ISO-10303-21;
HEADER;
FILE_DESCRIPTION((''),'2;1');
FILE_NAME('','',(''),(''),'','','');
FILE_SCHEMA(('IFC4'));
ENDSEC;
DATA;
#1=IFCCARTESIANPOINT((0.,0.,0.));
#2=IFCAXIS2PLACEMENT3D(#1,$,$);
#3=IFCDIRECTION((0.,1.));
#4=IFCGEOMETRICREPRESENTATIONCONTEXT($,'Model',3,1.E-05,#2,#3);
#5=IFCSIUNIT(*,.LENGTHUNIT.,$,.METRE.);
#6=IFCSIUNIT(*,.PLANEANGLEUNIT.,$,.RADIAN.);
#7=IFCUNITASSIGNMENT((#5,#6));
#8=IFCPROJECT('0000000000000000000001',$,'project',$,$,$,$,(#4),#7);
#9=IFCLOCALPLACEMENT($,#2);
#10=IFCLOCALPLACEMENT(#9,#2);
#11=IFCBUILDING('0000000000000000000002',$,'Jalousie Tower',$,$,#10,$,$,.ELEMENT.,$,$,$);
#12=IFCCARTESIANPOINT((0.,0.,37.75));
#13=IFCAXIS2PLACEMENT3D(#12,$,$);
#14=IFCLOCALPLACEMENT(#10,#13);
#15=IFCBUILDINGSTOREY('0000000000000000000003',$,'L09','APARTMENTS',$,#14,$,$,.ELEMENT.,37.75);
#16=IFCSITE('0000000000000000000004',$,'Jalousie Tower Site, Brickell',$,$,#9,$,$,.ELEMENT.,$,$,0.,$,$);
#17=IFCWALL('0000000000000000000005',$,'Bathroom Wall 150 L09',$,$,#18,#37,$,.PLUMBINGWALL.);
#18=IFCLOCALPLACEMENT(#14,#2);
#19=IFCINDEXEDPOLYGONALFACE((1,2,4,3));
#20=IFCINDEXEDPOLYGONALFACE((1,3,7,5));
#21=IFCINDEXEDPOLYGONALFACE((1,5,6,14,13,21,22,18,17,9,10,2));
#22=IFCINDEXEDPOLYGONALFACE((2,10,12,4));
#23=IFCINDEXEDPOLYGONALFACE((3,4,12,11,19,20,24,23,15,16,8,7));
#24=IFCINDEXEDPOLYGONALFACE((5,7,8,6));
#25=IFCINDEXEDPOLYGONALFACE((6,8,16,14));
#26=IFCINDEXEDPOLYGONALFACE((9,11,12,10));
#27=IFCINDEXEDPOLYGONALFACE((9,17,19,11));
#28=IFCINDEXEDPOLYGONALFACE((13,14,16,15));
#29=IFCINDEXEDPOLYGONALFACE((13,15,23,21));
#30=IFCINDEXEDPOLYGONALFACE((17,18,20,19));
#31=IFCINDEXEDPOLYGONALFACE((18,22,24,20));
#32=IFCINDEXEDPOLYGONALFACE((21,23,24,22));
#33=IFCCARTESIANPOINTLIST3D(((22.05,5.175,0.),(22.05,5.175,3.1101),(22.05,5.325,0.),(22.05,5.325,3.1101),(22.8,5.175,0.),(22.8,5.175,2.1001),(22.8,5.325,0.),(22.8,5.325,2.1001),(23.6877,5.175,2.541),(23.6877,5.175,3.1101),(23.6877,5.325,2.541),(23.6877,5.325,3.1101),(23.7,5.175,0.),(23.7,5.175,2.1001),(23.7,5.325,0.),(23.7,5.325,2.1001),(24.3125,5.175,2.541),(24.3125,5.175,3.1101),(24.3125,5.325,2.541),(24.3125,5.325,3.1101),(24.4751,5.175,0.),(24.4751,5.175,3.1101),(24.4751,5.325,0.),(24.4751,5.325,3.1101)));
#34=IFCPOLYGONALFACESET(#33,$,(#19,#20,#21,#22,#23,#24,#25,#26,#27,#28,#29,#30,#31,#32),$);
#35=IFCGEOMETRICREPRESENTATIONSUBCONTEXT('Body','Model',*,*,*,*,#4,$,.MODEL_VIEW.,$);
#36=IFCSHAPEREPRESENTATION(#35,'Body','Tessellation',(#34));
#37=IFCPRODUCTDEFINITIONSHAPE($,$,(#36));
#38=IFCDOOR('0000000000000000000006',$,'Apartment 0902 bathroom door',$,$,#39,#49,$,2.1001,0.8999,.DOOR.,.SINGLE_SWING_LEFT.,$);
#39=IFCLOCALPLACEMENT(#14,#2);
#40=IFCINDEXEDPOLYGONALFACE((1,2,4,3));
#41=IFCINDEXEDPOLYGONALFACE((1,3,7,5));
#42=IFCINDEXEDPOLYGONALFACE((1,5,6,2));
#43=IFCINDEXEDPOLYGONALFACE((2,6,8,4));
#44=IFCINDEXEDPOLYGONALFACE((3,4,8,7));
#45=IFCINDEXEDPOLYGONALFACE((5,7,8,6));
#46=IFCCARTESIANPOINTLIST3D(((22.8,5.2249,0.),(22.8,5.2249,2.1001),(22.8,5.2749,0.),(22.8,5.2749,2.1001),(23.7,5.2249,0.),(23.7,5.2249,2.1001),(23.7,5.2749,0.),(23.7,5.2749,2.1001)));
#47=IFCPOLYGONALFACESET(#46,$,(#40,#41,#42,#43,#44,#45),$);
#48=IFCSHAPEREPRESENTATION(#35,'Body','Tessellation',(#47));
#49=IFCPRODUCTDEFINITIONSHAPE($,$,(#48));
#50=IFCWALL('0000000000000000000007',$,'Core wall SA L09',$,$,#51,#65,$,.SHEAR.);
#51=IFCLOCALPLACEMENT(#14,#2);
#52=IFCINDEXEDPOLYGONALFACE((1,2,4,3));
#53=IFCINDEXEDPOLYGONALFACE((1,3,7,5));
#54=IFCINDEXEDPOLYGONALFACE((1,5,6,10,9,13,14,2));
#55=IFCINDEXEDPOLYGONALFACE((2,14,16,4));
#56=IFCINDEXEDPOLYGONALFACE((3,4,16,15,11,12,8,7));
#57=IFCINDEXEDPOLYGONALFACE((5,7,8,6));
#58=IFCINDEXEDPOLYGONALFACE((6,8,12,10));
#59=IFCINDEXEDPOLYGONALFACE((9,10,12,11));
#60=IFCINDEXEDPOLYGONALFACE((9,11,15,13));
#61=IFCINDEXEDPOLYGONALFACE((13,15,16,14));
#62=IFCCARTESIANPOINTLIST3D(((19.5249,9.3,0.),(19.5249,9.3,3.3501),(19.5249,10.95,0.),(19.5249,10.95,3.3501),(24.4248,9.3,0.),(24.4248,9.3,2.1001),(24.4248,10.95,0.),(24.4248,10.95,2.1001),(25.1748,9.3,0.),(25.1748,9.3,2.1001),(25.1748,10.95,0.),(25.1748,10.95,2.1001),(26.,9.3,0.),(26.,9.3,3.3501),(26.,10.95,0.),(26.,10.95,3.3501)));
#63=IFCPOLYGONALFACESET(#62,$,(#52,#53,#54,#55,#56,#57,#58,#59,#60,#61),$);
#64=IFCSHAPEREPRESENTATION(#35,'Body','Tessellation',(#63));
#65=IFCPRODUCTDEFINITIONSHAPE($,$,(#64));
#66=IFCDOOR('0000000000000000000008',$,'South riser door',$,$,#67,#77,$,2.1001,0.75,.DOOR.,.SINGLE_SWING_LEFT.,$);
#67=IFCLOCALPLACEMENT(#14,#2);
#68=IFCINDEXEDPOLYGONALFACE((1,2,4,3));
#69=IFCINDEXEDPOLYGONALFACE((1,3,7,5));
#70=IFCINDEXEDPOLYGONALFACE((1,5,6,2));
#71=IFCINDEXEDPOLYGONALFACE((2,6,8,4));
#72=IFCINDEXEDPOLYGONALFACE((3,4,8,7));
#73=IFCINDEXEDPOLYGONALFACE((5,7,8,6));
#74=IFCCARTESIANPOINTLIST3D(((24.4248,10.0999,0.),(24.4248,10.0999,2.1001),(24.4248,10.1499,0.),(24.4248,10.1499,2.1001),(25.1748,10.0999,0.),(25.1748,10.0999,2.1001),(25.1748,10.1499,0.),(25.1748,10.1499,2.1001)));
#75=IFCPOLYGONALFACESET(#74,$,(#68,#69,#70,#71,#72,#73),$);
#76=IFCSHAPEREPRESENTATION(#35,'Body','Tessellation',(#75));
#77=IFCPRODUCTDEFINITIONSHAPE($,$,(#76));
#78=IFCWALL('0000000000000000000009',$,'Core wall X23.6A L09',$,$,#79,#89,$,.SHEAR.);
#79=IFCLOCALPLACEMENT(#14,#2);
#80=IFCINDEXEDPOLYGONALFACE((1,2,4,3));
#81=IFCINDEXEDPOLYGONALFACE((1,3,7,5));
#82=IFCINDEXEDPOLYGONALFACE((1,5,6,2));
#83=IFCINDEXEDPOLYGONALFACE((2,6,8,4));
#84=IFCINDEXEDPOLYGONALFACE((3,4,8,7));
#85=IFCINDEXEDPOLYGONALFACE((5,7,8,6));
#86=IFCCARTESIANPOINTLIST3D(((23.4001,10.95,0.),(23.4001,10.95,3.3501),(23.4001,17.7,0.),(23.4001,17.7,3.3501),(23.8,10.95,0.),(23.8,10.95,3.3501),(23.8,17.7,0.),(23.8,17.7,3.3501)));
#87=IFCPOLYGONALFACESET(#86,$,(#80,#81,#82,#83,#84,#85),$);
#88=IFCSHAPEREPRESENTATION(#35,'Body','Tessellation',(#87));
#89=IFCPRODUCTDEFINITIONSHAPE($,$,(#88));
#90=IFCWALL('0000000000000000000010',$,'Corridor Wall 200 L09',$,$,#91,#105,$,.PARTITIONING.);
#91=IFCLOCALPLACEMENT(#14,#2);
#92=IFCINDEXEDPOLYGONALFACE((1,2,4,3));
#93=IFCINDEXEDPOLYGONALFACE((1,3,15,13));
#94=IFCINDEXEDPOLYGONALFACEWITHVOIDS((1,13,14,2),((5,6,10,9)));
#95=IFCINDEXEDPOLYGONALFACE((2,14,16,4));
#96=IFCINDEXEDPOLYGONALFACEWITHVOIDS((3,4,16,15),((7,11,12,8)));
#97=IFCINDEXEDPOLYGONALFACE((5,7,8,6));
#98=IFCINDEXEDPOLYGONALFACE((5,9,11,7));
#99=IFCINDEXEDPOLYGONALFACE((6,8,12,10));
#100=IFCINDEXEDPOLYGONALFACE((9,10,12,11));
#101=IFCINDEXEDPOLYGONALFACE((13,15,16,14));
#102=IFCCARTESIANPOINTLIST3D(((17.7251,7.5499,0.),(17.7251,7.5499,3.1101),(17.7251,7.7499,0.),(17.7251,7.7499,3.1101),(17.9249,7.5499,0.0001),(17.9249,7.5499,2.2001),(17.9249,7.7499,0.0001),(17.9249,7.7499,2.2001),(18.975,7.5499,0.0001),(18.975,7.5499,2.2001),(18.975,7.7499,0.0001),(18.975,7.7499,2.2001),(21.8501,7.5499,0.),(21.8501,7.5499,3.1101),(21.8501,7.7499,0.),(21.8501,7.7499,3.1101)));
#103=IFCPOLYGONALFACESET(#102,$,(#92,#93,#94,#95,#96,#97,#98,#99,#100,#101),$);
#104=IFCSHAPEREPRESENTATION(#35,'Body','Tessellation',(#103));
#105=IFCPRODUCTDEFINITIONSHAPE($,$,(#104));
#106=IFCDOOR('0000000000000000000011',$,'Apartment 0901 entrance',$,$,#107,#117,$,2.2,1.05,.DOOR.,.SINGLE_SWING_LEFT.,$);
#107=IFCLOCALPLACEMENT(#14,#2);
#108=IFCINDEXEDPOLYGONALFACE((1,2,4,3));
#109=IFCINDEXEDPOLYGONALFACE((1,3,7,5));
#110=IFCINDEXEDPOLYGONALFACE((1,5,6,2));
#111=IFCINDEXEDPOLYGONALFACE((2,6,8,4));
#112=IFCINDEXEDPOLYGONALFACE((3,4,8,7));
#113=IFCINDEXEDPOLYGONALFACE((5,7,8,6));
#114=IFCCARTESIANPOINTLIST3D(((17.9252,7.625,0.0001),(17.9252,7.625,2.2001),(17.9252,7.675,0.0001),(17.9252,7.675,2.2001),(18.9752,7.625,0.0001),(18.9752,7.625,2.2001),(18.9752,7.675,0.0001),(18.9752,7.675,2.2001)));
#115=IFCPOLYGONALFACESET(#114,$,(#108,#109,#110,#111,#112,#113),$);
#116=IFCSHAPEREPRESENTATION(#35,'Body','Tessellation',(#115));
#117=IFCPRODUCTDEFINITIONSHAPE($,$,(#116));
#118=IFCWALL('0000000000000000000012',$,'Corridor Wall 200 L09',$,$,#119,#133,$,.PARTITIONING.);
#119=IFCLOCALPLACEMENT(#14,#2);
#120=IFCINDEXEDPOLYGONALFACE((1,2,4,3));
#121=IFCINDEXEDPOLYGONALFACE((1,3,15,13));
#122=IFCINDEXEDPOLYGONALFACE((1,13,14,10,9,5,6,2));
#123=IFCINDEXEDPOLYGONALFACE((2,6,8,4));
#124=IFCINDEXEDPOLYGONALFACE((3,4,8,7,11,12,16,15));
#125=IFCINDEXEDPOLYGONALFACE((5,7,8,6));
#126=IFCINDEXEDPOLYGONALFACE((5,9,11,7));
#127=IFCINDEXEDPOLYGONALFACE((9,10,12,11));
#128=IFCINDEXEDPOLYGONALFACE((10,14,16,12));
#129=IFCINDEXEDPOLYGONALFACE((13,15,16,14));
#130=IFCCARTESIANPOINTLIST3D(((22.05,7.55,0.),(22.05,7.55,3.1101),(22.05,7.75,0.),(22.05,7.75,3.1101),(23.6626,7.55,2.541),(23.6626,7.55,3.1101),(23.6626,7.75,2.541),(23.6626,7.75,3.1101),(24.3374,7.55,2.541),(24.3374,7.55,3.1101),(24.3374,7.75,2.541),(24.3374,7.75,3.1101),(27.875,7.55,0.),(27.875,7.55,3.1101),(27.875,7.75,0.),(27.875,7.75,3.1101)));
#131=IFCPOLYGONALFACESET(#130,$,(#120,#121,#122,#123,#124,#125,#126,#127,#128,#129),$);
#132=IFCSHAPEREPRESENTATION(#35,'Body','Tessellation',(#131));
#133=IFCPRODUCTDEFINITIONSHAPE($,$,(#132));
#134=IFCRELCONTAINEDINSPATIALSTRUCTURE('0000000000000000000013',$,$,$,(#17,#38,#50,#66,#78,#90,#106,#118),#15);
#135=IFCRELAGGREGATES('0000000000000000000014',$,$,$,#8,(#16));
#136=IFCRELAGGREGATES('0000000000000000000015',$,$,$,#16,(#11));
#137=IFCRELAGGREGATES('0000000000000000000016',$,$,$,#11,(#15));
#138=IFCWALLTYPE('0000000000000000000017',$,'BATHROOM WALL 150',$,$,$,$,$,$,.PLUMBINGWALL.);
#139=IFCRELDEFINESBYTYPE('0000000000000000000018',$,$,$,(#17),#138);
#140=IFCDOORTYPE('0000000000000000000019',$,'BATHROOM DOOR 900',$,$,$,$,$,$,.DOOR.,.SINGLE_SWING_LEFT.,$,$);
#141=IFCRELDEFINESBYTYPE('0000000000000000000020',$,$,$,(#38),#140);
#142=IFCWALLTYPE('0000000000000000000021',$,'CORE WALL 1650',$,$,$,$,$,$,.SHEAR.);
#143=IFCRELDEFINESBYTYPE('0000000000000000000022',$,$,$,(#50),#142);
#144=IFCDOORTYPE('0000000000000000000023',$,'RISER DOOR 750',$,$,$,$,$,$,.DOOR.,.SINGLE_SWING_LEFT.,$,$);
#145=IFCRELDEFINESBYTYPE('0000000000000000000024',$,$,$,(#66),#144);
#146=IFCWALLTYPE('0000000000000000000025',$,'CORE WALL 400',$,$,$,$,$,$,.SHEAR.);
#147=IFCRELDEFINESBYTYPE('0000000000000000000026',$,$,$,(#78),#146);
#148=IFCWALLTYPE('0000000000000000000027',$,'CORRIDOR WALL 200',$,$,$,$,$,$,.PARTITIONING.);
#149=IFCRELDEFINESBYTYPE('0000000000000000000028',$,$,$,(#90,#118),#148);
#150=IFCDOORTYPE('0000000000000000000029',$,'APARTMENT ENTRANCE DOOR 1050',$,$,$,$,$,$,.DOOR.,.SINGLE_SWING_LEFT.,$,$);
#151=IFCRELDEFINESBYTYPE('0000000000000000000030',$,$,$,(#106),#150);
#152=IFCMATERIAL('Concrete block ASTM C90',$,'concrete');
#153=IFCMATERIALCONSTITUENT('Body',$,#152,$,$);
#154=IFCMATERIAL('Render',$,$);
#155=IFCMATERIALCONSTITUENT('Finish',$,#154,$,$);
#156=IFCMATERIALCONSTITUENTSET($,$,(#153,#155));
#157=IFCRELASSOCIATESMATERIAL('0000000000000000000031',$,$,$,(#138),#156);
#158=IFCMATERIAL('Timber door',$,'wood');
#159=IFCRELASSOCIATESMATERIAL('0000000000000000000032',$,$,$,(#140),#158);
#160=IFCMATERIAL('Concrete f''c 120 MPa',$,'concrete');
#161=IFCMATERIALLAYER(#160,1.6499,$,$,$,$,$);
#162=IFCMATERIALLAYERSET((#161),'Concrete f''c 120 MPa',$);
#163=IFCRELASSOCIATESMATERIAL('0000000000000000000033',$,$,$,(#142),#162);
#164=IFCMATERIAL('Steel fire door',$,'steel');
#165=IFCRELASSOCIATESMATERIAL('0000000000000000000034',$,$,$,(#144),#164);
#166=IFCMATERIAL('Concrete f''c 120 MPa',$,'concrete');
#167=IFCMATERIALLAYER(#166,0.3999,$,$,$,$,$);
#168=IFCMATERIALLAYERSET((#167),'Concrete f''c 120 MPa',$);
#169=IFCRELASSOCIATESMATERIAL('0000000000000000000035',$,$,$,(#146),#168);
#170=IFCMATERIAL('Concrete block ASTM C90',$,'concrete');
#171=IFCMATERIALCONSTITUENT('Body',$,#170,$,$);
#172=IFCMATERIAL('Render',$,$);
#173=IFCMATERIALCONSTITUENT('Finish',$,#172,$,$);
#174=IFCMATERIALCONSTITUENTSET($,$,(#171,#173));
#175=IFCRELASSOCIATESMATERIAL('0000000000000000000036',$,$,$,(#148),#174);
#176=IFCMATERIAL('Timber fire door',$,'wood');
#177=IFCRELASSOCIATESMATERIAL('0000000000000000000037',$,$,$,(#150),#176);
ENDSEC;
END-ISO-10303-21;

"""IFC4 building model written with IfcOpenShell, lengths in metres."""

from ifc_helpers import new_model, si_unit, direction, frame, frame_2d, origin, place, context, subcontext, project, spatial, polyline, rectangle, outline, extrude, material, layer, layer_set, constituent, constituent_set, type_object, element, fill, save


model = new_model("IFC4")

# Units and contexts
model_context = context("Model", 3, precision=1e-05, world=origin(), true_north=direction((0.0, 1.0)))
body_context = subcontext(model_context, "Body", "Model", "MODEL_VIEW")
ifc_project = project(units=[si_unit("LENGTHUNIT", "METRE"), si_unit("PLANEANGLEUNIT", "RADIAN")], contexts=[model_context])

# Site, building, storey
site_placement = place(None, origin())
site = spatial("IfcSite", under=ifc_project, at=site_placement, Name="Jalousie Tower Site, Brickell", CompositionType="ELEMENT", RefElevation=0.0)
building_placement = place(site_placement, origin())
building = spatial("IfcBuilding", under=site, at=building_placement, Name="Jalousie Tower", CompositionType="ELEMENT")
storey_placement = place(building_placement, frame((0.0, 0.0, 37.75)))
storey = spatial("IfcBuildingStorey", under=building, at=storey_placement, Name="L09", Description="APARTMENTS", CompositionType="ELEMENT", Elevation=37.75)

# Walls, openings, doors
ifc_material_1 = material(Name="Concrete block ASTM C90", Category="concrete")
ifc_constituent_1 = constituent(ifc_material_1, Name="Body")
ifc_material_2 = material(Name="Render")
ifc_constituent_2 = constituent(ifc_material_2, Name="Finish")
ifc_constituent_set_1 = constituent_set(constituents=[ifc_constituent_1, ifc_constituent_2])
wall_type_1 = type_object("IfcWallType", Name="BATHROOM WALL 150", PredefinedType="PLUMBINGWALL", material=ifc_constituent_set_1)
wall_1_placement = place(storey_placement, frame((22.05, 5.25, 0.0), z_axis=(0.0, 0.0, 1.0), x_axis=(1.0, 0.0, 0.0)))
wall_1 = element("IfcWall", 1, at=wall_1_placement, inside=storey, type_object=wall_type_1, Name="Bathroom Wall 150 L09", PredefinedType="PLUMBINGWALL", context=body_context, shape_type="SweptSolid", body=[
    extrude(outline(polyline([(0.0, 0.0), (2.425, 0.0), (2.425, 3.1101), (2.2625, 3.1101), (2.2625, 2.541), (1.6377, 2.541), (1.6377, 3.1101), (0.0, 3.1101), (0.0, 0.0)])), frame((0.0, 0.075, 0.0), z_axis=(0.0, -1.0, 0.0), x_axis=(1.0, 0.0, 0.0)), (0.0, 0.0, 1.0), 0.1499),
])
opening_1_placement = place(wall_1_placement, frame((0.75, 0.0, 0.0)))
opening_1 = element("IfcOpeningElement", 2, at=opening_1_placement, cuts=wall_1, PredefinedType="OPENING", context=body_context, shape_type="SweptSolid", body=[
    extrude(rectangle(XDim=0.8999, YDim=2.1001, at=frame_2d((0.45, 1.05))), frame((0.0, 0.085, 0.0), z_axis=(0.0, -1.0, 0.0), x_axis=(1.0, 0.0, 0.0)), (0.0, 0.0, 1.0), 0.1699),
])
ifc_material_3 = material(Name="Timber door", Category="wood")
door_type_1 = type_object("IfcDoorType", Name="BATHROOM DOOR 900", OperationType="SINGLE_SWING_LEFT", PredefinedType="DOOR", material=ifc_material_3)
door_1_placement = place(opening_1_placement, origin())
door_1 = element("IfcDoor", 3, at=door_1_placement, inside=storey, type_object=door_type_1, Name="Apartment 0902 bathroom door", OperationType="SINGLE_SWING_LEFT", OverallHeight=2.1001, OverallWidth=0.8999, PredefinedType="DOOR", context=body_context, shape_type="SweptSolid", body=[
    extrude(rectangle(XDim=0.8999, YDim=2.1001, at=frame_2d((0.45, 1.05))), frame((0.0, 0.0249, 0.0), z_axis=(0.0, -1.0, 0.0), x_axis=(1.0, 0.0, 0.0)), (0.0, 0.0, 1.0), 0.05),
])
fill(opening_1, door_1)
ifc_material_4 = material(Name="Concrete f'c 120 MPa", Category="concrete")
ifc_layer_1 = layer(ifc_material_4, 1.6499)
ifc_layer_set_1 = layer_set([ifc_layer_1], Name="Concrete f'c 120 MPa")
wall_type_2 = type_object("IfcWallType", Name="CORE WALL 1650", PredefinedType="SHEAR", material=ifc_layer_set_1)
wall_2_placement = place(storey_placement, frame((19.5249, 10.125, 0.0), z_axis=(0.0, 0.0, 1.0), x_axis=(1.0, 0.0, 0.0)))
wall_2 = element("IfcWall", 4, at=wall_2_placement, inside=storey, type_object=wall_type_2, Name="Core wall SA L09", PredefinedType="SHEAR", context=body_context, shape_type="SweptSolid", body=[
    extrude(rectangle(XDim=6.4751, YDim=1.6499, at=frame_2d((3.2375, 0.0))), origin(), (0.0, 0.0, 1.0), 3.3501),
])
opening_2_placement = place(wall_2_placement, frame((4.8999, 0.0, 0.0)))
opening_2 = element("IfcOpeningElement", 5, at=opening_2_placement, cuts=wall_2, PredefinedType="OPENING", context=body_context, shape_type="SweptSolid", body=[
    extrude(rectangle(XDim=0.75, YDim=2.1001, at=frame_2d((0.375, 1.05))), frame((0.0, 0.835, 0.0), z_axis=(0.0, -1.0, 0.0), x_axis=(1.0, 0.0, 0.0)), (0.0, 0.0, 1.0), 1.6699),
])
ifc_material_5 = material(Name="Steel fire door", Category="steel")
door_type_2 = type_object("IfcDoorType", Name="RISER DOOR 750", OperationType="SINGLE_SWING_LEFT", PredefinedType="DOOR", material=ifc_material_5)
door_2_placement = place(opening_2_placement, origin())
door_2 = element("IfcDoor", 6, at=door_2_placement, inside=storey, type_object=door_type_2, Name="South riser door", OperationType="SINGLE_SWING_LEFT", OverallHeight=2.1001, OverallWidth=0.75, PredefinedType="DOOR", context=body_context, shape_type="SweptSolid", body=[
    extrude(rectangle(XDim=0.75, YDim=2.1001, at=frame_2d((0.375, 1.05))), frame((0.0, 0.0249, 0.0), z_axis=(0.0, -1.0, 0.0), x_axis=(1.0, 0.0, 0.0)), (0.0, 0.0, 1.0), 0.05),
])
fill(opening_2, door_2)

# Wall
ifc_material_6 = material(Name="Concrete f'c 120 MPa", Category="concrete")
ifc_layer_2 = layer(ifc_material_6, 0.3999)
ifc_layer_set_2 = layer_set([ifc_layer_2], Name="Concrete f'c 120 MPa")
wall_type_3 = type_object("IfcWallType", Name="CORE WALL 400", PredefinedType="SHEAR", material=ifc_layer_set_2)
wall_3_placement = place(storey_placement, frame((23.6001, 10.95, 0.0), z_axis=(0.0, 0.0, 1.0), x_axis=(0.0, 1.0, 0.0)))
element("IfcWall", 7, at=wall_3_placement, inside=storey, type_object=wall_type_3, Name="Core wall X23.6A L09", PredefinedType="SHEAR", context=body_context, shape_type="SweptSolid", body=[
    extrude(rectangle(XDim=6.75, YDim=0.3999, at=frame_2d((3.375, 0.0))), origin(), (0.0, 0.0, 1.0), 3.3501),
])

# Wall, opening, door
ifc_material_7 = material(Name="Concrete block ASTM C90", Category="concrete")
ifc_constituent_3 = constituent(ifc_material_7, Name="Body")
ifc_material_8 = material(Name="Render")
ifc_constituent_4 = constituent(ifc_material_8, Name="Finish")
ifc_constituent_set_2 = constituent_set(constituents=[ifc_constituent_3, ifc_constituent_4])
wall_type_4 = type_object("IfcWallType", Name="CORRIDOR WALL 200", PredefinedType="PARTITIONING", material=ifc_constituent_set_2)
wall_4_placement = place(storey_placement, frame((17.7251, 7.6499, 0.0), z_axis=(0.0, 0.0, 1.0), x_axis=(1.0, 0.0, 0.0)))
wall_4 = element("IfcWall", 8, at=wall_4_placement, inside=storey, type_object=wall_type_4, Name="Corridor Wall 200 L09", PredefinedType="PARTITIONING", context=body_context, shape_type="SweptSolid", body=[
    extrude(rectangle(XDim=4.125, YDim=0.2, at=frame_2d((2.0625, 0.0))), origin(), (0.0, 0.0, 1.0), 3.1101),
])
opening_3_placement = place(wall_4_placement, frame((0.2, 0.0, 0.0)))
opening_3 = element("IfcOpeningElement", 9, at=opening_3_placement, cuts=wall_4, PredefinedType="OPENING", context=body_context, shape_type="SweptSolid", body=[
    extrude(rectangle(XDim=1.05, YDim=2.2, at=frame_2d((0.5249, 1.1001))), frame((0.0, 0.1099, 0.0), z_axis=(0.0, -1.0, 0.0), x_axis=(1.0, 0.0, 0.0)), (0.0, 0.0, 1.0), 0.22),
])
ifc_material_9 = material(Name="Timber fire door", Category="wood")
door_type_3 = type_object("IfcDoorType", Name="APARTMENT ENTRANCE DOOR 1050", OperationType="SINGLE_SWING_LEFT", PredefinedType="DOOR", material=ifc_material_9)
door_3_placement = place(opening_3_placement, frame((1.05, 0.0, 0.0), z_axis=(0.0, 0.0, 1.0), x_axis=(-1.0, 0.0, 0.0)))
door_3 = element("IfcDoor", 10, at=door_3_placement, inside=storey, type_object=door_type_3, Name="Apartment 0901 entrance", OperationType="SINGLE_SWING_LEFT", OverallHeight=2.2, OverallWidth=1.05, PredefinedType="DOOR", context=body_context, shape_type="SweptSolid", body=[
    extrude(rectangle(XDim=1.05, YDim=2.2, at=frame_2d((0.5249, 1.1001))), frame((0.0, 0.0249, 0.0), z_axis=(0.0, -1.0, 0.0), x_axis=(1.0, 0.0, 0.0)), (0.0, 0.0, 1.0), 0.05),
])
fill(opening_3, door_3)

# Wall
wall_5_placement = place(storey_placement, frame((22.05, 7.6499, 0.0), z_axis=(0.0, 0.0, 1.0), x_axis=(1.0, 0.0, 0.0)))
element("IfcWall", 11, at=wall_5_placement, inside=storey, type_object=wall_type_4, Name="Corridor Wall 200 L09", PredefinedType="PARTITIONING", context=body_context, shape_type="SweptSolid", body=[
    extrude(outline(polyline([(0.0, 0.0), (5.825, 0.0), (5.825, 3.1101), (2.2874, 3.1101), (2.2874, 2.541), (1.6125, 2.541), (1.6125, 3.1101), (0.0, 3.1101), (0.0, 0.0)])), frame((0.0, 0.1001, 0.0), z_axis=(0.0, -1.0, 0.0), x_axis=(1.0, 0.0, 0.0)), (0.0, 0.0, 1.0), 0.2),
])

save(model, "model.ifc")
